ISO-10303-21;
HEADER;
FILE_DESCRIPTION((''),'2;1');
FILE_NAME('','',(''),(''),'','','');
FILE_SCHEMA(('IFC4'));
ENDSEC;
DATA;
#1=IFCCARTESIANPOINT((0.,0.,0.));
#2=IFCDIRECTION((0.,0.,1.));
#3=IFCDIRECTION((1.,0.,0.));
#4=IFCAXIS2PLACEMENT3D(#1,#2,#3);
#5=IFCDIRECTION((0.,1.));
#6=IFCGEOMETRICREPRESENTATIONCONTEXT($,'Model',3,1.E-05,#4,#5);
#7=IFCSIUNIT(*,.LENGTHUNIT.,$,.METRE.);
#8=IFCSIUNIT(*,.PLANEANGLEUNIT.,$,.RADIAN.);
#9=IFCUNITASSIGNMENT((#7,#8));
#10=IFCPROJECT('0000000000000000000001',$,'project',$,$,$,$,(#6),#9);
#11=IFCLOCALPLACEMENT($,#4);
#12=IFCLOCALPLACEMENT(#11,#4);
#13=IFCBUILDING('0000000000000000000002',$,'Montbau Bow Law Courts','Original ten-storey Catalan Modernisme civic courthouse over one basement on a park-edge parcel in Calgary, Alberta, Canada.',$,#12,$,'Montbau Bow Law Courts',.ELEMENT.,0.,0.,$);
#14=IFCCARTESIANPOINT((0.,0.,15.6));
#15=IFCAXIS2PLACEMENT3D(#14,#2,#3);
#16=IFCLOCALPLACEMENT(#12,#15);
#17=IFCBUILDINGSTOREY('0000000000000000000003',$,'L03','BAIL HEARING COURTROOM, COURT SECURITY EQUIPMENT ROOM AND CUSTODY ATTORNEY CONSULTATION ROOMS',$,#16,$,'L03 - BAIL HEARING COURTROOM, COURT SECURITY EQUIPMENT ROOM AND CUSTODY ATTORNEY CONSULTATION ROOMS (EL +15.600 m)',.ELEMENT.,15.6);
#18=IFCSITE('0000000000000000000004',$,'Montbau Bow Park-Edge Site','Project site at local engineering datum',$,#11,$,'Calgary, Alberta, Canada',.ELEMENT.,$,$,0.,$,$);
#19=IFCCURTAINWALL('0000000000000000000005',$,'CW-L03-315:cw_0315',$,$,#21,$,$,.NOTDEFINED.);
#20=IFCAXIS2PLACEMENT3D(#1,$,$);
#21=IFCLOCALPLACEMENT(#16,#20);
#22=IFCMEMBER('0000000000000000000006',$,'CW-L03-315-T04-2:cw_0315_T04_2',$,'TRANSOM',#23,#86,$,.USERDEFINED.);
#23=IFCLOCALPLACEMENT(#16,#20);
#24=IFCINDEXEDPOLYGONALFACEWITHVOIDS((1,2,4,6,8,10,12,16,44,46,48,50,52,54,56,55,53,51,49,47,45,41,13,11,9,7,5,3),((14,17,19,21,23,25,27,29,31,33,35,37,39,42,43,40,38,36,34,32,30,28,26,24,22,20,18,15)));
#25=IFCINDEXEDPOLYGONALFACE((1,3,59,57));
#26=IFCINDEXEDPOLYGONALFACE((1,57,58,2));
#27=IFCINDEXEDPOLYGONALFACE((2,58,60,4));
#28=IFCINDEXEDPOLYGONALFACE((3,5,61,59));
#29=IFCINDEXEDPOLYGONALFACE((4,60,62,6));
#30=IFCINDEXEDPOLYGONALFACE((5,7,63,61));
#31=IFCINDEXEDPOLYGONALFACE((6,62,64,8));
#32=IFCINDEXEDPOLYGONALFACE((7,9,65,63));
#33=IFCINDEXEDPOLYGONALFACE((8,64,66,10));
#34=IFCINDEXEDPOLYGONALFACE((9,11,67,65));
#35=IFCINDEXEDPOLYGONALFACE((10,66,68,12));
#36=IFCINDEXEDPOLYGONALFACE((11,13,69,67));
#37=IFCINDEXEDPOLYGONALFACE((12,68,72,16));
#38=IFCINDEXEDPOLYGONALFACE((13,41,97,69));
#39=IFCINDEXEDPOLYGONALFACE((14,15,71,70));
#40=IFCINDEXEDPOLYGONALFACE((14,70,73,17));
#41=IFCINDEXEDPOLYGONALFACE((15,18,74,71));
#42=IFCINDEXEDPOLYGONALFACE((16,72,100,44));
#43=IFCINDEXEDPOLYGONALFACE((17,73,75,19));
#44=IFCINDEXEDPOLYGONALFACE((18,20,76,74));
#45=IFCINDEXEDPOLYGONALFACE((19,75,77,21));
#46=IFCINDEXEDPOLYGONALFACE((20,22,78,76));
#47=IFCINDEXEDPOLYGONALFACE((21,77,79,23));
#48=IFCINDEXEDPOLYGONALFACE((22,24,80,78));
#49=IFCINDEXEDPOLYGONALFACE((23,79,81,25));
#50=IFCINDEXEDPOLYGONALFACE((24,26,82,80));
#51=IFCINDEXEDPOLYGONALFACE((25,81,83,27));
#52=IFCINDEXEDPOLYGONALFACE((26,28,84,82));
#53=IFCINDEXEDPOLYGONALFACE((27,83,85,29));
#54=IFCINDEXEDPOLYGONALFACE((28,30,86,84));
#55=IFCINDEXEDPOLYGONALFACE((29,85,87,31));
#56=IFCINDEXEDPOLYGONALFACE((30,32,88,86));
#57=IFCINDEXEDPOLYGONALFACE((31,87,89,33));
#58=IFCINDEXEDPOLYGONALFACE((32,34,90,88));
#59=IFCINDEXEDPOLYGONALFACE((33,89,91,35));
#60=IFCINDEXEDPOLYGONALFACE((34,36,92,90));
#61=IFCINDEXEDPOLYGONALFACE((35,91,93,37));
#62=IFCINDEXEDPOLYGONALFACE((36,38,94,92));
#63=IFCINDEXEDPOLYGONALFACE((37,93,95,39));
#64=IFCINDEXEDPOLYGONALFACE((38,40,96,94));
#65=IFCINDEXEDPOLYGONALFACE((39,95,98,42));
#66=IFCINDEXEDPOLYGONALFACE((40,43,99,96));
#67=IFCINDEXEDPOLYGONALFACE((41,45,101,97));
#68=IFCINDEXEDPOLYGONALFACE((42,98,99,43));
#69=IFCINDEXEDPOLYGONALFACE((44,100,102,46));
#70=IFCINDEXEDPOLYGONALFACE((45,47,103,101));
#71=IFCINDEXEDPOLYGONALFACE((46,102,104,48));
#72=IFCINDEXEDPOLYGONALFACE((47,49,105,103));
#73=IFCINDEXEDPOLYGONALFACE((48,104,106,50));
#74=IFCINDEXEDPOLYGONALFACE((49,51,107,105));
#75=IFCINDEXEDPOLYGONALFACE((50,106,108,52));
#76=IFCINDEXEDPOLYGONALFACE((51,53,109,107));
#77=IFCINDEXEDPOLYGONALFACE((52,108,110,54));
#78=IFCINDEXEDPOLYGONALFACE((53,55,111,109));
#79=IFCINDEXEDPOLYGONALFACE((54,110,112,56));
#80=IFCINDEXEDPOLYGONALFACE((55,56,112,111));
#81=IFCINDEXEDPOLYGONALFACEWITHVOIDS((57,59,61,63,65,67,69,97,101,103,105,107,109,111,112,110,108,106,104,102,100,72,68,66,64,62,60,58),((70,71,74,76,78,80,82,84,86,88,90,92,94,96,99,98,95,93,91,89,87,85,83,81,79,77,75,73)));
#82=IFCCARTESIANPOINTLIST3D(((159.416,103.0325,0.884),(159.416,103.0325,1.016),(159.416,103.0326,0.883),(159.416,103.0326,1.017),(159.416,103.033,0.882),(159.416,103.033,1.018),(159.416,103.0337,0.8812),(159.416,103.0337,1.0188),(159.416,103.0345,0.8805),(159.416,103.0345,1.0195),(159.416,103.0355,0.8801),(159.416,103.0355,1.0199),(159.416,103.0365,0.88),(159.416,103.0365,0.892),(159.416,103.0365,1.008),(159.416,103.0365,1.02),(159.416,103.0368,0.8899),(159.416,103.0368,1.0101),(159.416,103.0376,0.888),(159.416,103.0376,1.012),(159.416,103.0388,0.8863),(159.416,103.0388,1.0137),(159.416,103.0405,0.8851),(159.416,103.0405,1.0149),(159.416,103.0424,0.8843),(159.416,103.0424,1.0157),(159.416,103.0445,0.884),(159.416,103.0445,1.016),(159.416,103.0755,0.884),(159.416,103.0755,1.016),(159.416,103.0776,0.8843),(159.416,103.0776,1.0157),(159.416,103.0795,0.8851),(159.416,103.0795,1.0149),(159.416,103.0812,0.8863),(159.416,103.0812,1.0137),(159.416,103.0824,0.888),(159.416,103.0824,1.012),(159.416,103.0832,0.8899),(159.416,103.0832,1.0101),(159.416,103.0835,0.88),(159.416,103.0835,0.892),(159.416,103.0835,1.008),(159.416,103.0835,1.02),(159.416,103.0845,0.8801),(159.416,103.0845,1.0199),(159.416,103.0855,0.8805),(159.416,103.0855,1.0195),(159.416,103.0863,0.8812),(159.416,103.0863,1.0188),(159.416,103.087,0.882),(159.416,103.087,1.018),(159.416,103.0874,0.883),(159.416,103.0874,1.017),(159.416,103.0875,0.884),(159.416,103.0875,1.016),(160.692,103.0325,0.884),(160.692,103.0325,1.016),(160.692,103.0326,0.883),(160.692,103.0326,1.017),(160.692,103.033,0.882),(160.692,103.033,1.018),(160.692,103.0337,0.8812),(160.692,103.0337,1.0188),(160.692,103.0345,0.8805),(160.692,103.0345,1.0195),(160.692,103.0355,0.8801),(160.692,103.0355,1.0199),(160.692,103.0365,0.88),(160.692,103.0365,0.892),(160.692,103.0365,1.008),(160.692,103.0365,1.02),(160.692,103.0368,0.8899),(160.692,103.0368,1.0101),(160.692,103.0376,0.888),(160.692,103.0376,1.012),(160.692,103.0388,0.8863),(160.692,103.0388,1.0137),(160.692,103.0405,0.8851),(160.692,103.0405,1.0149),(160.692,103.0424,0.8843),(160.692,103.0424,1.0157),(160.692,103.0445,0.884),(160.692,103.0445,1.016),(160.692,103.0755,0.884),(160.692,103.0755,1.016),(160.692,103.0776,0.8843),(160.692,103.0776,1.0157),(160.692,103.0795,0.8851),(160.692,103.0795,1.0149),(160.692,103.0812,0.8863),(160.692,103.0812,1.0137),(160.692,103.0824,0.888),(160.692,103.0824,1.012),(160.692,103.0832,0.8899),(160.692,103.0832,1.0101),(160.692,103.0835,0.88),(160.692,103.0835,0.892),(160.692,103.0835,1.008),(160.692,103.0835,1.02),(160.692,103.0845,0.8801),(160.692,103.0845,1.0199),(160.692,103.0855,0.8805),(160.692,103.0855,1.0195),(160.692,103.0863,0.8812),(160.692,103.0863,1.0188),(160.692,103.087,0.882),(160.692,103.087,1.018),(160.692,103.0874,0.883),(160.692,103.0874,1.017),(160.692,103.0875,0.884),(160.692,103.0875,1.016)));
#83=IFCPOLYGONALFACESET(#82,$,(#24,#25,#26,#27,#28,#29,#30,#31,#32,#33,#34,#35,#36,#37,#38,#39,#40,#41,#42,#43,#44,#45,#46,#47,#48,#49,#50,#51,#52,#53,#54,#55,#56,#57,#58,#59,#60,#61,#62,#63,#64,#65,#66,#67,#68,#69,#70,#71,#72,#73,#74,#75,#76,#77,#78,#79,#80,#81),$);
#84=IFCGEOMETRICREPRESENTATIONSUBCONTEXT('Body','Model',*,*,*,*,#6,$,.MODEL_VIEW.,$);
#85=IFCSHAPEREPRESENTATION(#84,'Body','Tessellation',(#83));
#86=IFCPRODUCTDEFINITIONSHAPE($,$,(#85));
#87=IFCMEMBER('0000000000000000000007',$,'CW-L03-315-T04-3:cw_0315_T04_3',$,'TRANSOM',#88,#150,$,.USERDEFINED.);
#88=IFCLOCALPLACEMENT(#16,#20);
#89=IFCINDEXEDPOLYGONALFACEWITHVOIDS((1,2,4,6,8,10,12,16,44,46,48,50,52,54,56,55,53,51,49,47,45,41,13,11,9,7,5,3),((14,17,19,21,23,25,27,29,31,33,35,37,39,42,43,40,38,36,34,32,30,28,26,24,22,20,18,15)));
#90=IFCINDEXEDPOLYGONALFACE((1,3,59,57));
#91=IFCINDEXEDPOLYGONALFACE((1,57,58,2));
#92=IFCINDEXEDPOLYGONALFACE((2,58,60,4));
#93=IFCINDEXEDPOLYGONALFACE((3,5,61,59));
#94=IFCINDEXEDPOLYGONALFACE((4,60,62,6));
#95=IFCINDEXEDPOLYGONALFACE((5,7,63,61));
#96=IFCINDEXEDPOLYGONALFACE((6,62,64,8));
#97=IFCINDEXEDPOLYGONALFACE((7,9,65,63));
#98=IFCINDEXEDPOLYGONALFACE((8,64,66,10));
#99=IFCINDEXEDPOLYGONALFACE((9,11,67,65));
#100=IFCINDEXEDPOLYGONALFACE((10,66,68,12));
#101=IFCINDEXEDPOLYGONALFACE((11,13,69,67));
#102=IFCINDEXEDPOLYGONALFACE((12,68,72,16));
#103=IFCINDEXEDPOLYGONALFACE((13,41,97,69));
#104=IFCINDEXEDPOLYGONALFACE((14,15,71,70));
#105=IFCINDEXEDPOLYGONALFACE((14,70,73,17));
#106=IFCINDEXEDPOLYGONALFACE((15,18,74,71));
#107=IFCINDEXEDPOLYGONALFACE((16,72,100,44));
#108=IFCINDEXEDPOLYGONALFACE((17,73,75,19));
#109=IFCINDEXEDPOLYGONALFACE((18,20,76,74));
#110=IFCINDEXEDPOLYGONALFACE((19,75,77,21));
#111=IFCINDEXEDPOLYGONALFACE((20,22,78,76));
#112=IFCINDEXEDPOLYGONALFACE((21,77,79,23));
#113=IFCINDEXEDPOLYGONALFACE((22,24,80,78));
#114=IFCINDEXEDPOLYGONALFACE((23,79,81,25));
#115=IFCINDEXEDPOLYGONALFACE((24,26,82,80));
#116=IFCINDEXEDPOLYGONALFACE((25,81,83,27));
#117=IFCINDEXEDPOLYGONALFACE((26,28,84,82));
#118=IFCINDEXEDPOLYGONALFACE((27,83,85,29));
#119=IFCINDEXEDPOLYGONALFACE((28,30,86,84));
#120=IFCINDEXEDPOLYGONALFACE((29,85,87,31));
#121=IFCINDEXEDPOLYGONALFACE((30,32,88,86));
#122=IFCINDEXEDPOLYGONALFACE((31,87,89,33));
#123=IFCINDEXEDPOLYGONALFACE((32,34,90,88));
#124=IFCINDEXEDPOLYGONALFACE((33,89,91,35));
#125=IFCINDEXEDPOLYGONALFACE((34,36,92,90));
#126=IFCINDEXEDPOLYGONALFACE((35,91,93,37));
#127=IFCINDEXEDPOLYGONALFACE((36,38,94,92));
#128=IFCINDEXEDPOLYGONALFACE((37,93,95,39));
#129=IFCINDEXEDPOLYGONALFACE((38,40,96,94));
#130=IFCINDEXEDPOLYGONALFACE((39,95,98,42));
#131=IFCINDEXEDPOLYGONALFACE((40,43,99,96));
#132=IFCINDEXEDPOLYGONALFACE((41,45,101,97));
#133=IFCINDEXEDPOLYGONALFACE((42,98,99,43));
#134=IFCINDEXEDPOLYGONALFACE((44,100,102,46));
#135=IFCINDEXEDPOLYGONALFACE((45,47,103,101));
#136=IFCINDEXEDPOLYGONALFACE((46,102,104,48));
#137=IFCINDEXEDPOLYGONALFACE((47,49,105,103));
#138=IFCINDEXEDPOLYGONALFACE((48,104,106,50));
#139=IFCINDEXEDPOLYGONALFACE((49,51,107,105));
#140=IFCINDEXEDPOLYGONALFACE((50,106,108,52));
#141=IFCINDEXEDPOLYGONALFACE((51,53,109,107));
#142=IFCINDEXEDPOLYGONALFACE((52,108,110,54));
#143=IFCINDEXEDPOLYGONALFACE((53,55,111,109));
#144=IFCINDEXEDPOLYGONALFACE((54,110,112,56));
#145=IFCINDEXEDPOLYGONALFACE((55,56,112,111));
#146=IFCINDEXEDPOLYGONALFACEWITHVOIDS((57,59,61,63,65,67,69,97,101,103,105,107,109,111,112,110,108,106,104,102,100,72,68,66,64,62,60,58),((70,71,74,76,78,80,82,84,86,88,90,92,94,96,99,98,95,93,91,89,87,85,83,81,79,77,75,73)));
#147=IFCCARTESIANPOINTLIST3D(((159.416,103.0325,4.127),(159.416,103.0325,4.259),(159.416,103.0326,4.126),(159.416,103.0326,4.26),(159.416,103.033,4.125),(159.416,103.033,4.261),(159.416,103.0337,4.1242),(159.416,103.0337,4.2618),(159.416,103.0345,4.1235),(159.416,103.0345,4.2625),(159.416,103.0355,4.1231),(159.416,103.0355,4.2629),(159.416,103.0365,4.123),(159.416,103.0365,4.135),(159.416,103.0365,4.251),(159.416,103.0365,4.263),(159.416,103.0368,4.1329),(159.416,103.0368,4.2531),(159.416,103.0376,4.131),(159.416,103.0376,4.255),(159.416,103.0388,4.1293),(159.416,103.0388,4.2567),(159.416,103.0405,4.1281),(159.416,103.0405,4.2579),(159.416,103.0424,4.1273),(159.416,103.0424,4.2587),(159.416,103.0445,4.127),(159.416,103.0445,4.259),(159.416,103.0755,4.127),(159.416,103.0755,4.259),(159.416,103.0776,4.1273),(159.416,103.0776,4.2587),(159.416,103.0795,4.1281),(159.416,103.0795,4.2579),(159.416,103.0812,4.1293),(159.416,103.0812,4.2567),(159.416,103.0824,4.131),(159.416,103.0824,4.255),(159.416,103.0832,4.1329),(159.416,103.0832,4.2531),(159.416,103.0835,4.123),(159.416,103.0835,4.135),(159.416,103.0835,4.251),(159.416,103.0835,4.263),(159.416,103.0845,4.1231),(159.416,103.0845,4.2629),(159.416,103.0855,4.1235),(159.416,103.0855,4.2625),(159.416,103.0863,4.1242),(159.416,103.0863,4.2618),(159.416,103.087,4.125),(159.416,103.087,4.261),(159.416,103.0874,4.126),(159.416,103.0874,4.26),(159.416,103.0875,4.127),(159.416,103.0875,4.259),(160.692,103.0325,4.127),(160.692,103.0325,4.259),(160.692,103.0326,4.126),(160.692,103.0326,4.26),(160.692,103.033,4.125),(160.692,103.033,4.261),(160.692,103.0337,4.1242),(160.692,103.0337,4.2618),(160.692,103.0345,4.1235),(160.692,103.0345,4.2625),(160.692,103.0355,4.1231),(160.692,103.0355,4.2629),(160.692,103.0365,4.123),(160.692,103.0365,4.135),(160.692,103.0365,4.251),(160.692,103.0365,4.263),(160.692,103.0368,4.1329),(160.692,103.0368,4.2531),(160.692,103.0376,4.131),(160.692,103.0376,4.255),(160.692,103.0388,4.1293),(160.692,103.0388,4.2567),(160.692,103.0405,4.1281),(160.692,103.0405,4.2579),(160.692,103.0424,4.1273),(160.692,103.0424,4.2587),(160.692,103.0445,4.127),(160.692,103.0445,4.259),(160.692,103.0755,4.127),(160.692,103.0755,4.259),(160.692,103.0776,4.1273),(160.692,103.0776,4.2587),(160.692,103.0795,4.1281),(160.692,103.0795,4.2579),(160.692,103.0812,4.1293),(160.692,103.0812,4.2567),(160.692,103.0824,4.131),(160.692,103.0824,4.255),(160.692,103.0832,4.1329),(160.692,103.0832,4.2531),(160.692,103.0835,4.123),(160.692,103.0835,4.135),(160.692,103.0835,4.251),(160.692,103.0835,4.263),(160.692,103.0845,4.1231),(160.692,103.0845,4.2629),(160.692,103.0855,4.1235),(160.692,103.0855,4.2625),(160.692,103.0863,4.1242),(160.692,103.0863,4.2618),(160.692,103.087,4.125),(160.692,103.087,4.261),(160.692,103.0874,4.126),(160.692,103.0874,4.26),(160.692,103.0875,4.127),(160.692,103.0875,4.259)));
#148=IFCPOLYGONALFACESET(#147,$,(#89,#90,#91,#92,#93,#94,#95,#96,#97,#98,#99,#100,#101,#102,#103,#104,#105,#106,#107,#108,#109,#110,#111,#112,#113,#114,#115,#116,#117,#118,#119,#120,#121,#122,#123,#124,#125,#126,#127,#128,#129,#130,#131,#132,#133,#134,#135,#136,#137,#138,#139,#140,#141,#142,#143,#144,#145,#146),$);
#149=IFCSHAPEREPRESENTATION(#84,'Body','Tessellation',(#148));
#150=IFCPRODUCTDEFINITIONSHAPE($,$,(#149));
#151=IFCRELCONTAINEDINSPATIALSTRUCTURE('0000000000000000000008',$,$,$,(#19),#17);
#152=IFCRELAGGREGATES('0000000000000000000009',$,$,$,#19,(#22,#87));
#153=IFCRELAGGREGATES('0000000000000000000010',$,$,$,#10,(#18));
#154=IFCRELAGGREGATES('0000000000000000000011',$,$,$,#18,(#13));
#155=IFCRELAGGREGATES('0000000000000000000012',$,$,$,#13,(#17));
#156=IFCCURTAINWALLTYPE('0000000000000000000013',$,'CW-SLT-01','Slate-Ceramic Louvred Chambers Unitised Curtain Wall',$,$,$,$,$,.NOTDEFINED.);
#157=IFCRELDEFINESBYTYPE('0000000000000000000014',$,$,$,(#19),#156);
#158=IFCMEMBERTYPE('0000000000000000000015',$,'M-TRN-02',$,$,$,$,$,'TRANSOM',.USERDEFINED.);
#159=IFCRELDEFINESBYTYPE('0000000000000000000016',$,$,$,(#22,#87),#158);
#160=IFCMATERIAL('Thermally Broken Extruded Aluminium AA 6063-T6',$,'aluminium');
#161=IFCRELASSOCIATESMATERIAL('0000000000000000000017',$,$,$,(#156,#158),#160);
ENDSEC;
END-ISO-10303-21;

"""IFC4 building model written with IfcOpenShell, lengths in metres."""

from ifc_helpers import new_model, si_unit, direction, frame, origin_with_axes, origin_2d_with_axis, place, context, subcontext, project, spatial, hollow_rectangle, extrude, material, material_profile, profile_set, type_object, element, aggregate, save


model = new_model("IFC4")

# Units and contexts
model_context = context("Model", 3, precision=1e-05, world=origin_with_axes(), true_north=direction((0.0, 1.0)))
body_context = subcontext(model_context, "Body", "Model", "MODEL_VIEW")
ifc_project = project(units=[si_unit("LENGTHUNIT", "METRE"), si_unit("PLANEANGLEUNIT", "RADIAN")], contexts=[model_context])

# Site, building, storey
site_placement = place(None, origin_with_axes())
site = spatial("IfcSite", under=ifc_project, at=site_placement, Name="Montbau Bow Park-Edge Site", Description="Project site at local engineering datum", LongName="Calgary, Alberta, Canada", CompositionType="ELEMENT", RefElevation=0.0)
building_placement = place(site_placement, origin_with_axes())
building = spatial("IfcBuilding", under=site, at=building_placement, Name="Montbau Bow Law Courts", Description="Original ten-storey Catalan Modernisme civic courthouse over one basement on a park-edge parcel in Calgary, Alberta, Canada.", LongName="Montbau Bow Law Courts", CompositionType="ELEMENT", ElevationOfRefHeight=0.0, ElevationOfTerrain=0.0)
storey_placement = place(building_placement, frame((0.0, 0.0, 15.6), z_axis=(0.0, 0.0, 1.0), x_axis=(1.0, 0.0, 0.0)))
storey = spatial("IfcBuildingStorey", under=building, at=storey_placement, Name="L03", Description="BAIL HEARING COURTROOM, COURT SECURITY EQUIPMENT ROOM AND CUSTODY ATTORNEY CONSULTATION ROOMS", LongName="L03 - BAIL HEARING COURTROOM, COURT SECURITY EQUIPMENT ROOM AND CUSTODY ATTORNEY CONSULTATION ROOMS (EL +15.600 m)", CompositionType="ELEMENT", Elevation=15.6)

# Curtain wall, members
ifc_material_1 = material(Name="Thermally Broken Extruded Aluminium AA 6063-T6", Category="aluminium")
curtain_wall_type = type_object("IfcCurtainWallType", Name="CW-SLT-01", Description="Slate-Ceramic Louvred Chambers Unitised Curtain Wall", PredefinedType="NOTDEFINED", material=ifc_material_1)
curtain_wall_placement = place(None, frame((155.315, 103.06, 15.6), z_axis=(0.0, 0.0, 1.0), x_axis=(1.0, 0.0, 0.0)))
curtain_wall = element("IfcCurtainWall", 1, at=curtain_wall_placement, inside=storey, type_object=curtain_wall_type, Name="CW-L03-315:cw_0315", PredefinedType="NOTDEFINED")
ifc_material_profile_1 = material_profile(ifc_material_1, hollow_rectangle(XDim=0.055, YDim=0.14, WallThickness=0.004, InnerFilletRadius=0.008, OuterFilletRadius=0.004, at=origin_2d_with_axis()), Name="CWT-140X55", Category="Main", Priority=0)
ifc_profile_set_1 = profile_set([ifc_material_profile_1], Name="Thermally Broken Extruded Aluminium AA 6063-T6")
member_type_1 = type_object("IfcMemberType", Name="M-TRN-02", ElementType="TRANSOM", PredefinedType="USERDEFINED", material=ifc_profile_set_1)
member_1_placement = place(None, frame((159.416, 103.06, 16.55), z_axis=(1.0, 0.0, 0.0), x_axis=(0.0, 1.0, 0.0)))
member_1 = element("IfcMember", 2, at=member_1_placement, type_object=member_type_1, Name="CW-L03-315-T04-2:cw_0315_T04_2", ObjectType="TRANSOM", PredefinedType="USERDEFINED", context=body_context, shape_type="SweptSolid", body=[
    extrude(hollow_rectangle(XDim=0.055, YDim=0.14, WallThickness=0.004, InnerFilletRadius=0.008, OuterFilletRadius=0.004, at=origin_2d_with_axis()), origin_with_axes(), (0.0, 0.0, 1.0), 1.276),
])
member_2_placement = place(None, frame((159.416, 103.06, 19.793), z_axis=(1.0, 0.0, 0.0), x_axis=(0.0, 1.0, 0.0)))
member_2 = element("IfcMember", 3, at=member_2_placement, type_object=member_type_1, Name="CW-L03-315-T04-3:cw_0315_T04_3", ObjectType="TRANSOM", PredefinedType="USERDEFINED", context=body_context, shape_type="SweptSolid", body=[
    extrude(hollow_rectangle(XDim=0.055, YDim=0.14, WallThickness=0.004, InnerFilletRadius=0.008, OuterFilletRadius=0.004, at=origin_2d_with_axis()), origin_with_axes(), (0.0, 0.0, 1.0), 1.276),
])
aggregate(curtain_wall, [member_1, member_2])

save(model, "model.ifc")
